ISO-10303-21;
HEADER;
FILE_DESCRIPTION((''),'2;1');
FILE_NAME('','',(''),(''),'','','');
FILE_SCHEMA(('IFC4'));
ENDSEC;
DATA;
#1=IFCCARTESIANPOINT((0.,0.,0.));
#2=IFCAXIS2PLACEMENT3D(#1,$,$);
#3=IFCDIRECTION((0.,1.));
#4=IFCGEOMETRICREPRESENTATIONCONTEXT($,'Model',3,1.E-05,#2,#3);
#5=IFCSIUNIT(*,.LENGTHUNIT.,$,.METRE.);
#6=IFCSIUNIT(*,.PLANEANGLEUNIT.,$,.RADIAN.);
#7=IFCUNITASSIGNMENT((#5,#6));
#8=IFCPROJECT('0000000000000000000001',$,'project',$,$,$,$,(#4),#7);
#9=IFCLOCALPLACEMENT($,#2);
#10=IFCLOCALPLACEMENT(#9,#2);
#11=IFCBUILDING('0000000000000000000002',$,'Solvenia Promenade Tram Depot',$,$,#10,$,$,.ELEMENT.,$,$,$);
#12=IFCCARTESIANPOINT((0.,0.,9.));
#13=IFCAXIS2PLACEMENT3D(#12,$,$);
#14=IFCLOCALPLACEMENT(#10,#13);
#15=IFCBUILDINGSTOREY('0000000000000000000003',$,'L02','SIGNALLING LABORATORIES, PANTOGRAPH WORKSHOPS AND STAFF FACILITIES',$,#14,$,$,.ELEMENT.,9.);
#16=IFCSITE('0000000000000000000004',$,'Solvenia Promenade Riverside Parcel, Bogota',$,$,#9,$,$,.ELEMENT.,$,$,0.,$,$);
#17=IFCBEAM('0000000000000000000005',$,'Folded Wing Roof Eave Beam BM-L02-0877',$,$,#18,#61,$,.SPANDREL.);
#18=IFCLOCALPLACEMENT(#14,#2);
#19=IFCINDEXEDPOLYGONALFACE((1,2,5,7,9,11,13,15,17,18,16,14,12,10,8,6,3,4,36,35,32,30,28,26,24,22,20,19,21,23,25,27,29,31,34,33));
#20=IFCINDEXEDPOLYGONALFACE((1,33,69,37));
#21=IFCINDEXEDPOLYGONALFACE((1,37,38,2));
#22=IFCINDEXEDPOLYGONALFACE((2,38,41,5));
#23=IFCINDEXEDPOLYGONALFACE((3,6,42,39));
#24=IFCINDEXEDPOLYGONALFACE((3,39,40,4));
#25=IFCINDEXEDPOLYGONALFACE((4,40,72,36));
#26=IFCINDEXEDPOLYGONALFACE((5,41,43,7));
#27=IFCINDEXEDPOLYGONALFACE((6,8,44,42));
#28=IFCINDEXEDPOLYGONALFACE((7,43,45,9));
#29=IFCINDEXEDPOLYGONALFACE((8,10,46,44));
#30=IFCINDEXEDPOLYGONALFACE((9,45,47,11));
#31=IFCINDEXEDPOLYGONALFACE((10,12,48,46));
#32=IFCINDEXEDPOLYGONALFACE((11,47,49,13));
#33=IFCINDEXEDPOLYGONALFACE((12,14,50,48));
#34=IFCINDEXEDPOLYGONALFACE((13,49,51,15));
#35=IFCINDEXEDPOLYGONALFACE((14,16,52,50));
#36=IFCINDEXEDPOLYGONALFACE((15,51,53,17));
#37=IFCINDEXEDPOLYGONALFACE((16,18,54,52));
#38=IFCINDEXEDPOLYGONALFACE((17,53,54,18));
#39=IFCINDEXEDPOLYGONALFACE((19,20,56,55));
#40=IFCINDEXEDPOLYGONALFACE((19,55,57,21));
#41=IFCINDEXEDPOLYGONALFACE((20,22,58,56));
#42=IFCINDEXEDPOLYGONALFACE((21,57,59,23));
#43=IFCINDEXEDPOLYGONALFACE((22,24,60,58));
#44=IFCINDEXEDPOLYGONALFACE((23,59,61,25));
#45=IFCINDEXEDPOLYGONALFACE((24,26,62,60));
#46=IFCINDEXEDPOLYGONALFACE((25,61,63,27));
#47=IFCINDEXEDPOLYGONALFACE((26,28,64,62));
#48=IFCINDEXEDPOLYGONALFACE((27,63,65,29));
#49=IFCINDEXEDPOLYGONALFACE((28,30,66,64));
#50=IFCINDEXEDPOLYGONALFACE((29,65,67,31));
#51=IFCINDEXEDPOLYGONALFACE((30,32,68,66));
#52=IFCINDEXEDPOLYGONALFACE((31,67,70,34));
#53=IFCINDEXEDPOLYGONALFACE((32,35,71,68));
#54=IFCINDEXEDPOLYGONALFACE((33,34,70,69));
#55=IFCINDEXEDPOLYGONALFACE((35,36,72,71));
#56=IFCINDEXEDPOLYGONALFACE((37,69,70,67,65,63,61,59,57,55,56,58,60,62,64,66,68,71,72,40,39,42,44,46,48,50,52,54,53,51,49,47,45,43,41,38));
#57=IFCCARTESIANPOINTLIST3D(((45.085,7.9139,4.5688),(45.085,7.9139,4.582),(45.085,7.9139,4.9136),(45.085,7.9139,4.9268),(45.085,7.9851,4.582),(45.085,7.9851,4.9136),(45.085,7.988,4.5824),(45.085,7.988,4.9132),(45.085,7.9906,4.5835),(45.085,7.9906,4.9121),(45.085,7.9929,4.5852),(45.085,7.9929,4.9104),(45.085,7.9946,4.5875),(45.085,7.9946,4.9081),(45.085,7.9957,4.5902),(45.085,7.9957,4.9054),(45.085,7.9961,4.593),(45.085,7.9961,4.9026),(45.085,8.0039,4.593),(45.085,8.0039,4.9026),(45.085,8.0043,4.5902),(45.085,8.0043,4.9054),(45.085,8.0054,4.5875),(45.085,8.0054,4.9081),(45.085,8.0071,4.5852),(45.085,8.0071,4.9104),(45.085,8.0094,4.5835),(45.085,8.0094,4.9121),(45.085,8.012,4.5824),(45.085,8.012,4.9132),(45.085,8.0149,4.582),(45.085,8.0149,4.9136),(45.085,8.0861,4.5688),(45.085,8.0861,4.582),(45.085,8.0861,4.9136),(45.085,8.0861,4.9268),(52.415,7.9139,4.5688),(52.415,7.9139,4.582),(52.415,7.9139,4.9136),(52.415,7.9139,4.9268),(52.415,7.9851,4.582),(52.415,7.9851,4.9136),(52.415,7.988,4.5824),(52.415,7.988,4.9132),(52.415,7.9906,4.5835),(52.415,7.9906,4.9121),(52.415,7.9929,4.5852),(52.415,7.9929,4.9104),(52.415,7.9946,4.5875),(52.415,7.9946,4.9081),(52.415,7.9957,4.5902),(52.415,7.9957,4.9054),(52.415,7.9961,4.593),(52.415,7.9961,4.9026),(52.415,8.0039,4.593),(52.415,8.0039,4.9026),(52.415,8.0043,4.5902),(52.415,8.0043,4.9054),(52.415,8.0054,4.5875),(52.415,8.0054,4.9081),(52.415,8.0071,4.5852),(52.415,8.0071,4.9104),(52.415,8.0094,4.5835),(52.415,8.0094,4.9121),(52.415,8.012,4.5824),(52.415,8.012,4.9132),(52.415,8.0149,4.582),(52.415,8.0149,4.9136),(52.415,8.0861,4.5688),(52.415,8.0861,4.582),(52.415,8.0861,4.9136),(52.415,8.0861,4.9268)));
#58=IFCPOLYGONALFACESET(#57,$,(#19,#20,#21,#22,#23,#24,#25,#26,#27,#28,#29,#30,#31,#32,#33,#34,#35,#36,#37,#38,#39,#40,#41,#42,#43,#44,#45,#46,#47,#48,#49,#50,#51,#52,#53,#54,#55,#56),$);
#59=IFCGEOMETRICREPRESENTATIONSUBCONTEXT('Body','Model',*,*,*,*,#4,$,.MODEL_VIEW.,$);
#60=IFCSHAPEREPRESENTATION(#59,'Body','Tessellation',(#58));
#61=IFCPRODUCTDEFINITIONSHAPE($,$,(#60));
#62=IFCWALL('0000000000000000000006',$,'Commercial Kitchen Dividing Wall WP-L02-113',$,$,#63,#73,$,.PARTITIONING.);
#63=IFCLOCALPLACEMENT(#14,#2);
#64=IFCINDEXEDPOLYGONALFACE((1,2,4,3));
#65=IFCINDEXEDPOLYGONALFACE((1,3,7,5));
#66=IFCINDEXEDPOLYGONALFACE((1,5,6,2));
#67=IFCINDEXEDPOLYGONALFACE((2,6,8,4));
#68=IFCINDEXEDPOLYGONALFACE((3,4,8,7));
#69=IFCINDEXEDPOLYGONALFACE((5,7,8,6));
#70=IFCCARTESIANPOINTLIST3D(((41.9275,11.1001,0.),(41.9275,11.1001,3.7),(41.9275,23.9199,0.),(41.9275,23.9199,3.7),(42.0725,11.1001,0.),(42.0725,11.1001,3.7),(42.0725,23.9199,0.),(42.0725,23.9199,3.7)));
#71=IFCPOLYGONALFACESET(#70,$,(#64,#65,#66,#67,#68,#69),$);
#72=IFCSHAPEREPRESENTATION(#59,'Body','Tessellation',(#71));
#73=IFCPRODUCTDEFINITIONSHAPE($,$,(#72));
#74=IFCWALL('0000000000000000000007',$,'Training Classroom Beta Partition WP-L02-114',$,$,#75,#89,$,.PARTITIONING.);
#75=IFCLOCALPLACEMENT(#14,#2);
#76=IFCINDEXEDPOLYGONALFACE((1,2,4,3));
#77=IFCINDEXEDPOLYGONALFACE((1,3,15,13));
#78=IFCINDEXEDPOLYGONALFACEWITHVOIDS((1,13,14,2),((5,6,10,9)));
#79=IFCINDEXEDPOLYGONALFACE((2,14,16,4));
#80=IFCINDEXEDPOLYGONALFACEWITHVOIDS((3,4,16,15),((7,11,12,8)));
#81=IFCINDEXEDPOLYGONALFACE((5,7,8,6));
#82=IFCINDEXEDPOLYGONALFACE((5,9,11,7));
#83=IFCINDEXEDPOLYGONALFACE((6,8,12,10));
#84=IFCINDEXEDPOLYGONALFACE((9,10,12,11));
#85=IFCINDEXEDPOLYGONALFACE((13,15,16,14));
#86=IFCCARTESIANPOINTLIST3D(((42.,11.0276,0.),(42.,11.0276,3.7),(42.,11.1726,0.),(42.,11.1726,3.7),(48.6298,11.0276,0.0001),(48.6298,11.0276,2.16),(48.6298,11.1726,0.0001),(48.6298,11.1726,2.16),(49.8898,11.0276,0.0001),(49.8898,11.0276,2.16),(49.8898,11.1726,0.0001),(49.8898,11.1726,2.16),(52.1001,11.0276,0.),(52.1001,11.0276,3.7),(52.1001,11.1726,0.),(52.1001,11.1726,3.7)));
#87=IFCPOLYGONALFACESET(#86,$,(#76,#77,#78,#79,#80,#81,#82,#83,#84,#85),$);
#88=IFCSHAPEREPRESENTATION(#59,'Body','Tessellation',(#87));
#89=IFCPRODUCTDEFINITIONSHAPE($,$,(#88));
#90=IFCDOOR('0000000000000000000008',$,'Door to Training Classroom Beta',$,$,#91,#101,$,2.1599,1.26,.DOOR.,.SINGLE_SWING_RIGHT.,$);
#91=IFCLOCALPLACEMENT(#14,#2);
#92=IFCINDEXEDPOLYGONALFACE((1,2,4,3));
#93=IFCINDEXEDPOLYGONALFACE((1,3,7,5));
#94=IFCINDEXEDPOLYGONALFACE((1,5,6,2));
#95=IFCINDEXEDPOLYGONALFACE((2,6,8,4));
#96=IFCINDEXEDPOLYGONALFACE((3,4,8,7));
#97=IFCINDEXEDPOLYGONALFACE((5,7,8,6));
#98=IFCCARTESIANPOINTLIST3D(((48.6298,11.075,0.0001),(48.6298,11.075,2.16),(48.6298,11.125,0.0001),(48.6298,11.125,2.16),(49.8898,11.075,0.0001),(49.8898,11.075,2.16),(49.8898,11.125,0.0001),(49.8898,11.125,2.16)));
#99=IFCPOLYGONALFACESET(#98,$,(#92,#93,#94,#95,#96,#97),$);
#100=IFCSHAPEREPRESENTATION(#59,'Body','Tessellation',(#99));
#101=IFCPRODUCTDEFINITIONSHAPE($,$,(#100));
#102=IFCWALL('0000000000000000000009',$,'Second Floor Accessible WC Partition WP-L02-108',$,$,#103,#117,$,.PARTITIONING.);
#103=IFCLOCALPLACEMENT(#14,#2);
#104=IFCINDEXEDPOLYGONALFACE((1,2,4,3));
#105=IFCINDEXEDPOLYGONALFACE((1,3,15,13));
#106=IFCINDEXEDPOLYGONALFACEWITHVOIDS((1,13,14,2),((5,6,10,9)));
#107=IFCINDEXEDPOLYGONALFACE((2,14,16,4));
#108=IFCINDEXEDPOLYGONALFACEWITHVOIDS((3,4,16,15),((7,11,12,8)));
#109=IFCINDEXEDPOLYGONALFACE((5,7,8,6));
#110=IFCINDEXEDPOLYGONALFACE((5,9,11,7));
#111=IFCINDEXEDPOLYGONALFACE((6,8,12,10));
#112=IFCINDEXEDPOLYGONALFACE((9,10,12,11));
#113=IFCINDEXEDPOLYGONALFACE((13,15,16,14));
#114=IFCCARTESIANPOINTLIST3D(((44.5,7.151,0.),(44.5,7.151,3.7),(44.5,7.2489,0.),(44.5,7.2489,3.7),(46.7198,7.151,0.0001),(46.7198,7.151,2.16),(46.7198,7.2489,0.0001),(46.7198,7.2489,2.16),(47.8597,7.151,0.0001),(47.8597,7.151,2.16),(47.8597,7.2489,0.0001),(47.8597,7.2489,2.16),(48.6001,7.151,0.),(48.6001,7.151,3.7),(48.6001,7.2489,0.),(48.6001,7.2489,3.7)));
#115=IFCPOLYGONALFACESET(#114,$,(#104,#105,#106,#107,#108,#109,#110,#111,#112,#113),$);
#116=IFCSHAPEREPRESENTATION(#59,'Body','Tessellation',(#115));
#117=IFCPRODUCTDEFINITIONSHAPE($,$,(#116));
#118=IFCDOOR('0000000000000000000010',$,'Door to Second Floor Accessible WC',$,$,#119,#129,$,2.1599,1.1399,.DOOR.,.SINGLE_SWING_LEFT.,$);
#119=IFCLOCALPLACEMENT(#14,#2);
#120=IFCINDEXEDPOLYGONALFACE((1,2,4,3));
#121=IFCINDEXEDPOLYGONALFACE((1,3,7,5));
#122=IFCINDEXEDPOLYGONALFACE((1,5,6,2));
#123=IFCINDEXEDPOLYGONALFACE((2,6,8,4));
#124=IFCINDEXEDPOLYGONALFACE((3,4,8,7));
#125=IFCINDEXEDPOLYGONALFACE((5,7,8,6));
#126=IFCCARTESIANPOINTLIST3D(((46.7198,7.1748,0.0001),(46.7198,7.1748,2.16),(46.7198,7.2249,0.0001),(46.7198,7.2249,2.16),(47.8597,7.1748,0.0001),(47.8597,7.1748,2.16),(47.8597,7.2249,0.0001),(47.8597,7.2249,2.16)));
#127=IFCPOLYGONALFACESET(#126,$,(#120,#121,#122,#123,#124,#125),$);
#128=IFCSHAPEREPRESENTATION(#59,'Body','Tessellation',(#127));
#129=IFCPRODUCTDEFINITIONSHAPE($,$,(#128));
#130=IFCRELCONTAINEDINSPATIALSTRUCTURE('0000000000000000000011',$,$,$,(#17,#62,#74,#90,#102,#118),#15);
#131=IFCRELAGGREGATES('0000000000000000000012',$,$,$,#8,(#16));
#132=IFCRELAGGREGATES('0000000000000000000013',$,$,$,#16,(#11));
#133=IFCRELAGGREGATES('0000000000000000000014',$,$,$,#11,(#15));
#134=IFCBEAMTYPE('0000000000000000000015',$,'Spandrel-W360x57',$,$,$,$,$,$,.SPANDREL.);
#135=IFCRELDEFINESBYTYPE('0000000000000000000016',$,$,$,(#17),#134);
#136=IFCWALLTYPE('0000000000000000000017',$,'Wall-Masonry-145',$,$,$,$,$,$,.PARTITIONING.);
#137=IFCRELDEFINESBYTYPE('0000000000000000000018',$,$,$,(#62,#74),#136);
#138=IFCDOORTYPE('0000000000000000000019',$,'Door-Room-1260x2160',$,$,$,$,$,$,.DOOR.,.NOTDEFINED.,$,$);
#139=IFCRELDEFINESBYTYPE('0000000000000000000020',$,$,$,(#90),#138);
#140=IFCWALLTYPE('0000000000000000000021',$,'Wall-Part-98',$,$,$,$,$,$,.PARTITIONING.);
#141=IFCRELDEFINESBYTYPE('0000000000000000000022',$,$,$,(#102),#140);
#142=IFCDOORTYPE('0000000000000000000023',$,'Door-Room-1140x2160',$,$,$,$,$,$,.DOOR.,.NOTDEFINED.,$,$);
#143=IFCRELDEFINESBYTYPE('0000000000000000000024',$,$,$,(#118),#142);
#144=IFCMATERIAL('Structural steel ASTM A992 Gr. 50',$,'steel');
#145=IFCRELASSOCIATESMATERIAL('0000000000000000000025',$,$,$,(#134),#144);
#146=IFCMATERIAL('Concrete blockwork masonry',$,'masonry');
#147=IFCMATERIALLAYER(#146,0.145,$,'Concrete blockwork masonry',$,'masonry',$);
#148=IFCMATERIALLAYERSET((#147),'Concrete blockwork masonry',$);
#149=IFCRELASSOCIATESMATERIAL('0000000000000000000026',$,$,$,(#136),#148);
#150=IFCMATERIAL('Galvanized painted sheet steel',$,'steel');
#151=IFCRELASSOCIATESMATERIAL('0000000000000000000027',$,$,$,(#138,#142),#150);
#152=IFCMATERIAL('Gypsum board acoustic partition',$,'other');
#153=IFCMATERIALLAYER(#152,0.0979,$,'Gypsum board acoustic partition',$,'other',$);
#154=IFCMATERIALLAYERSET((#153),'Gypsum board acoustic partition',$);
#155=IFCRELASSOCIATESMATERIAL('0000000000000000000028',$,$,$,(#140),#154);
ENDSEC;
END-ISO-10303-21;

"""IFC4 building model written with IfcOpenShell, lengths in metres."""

from ifc_helpers import new_model, si_unit, direction, frame, frame_2d, origin, origin_2d, place, context, subcontext, project, spatial, rectangle, i_section, extrude, material, layer, layer_set, material_profile, profile_set, type_object, element, fill, save


model = new_model("IFC4")

# Units and contexts
model_context = context("Model", 3, precision=1e-05, world=origin(), true_north=direction((0.0, 1.0)))
body_context = subcontext(model_context, "Body", "Model", "MODEL_VIEW")
ifc_project = project(units=[si_unit("LENGTHUNIT", "METRE"), si_unit("PLANEANGLEUNIT", "RADIAN")], contexts=[model_context])

# Site, building, storey
site_placement = place(None, origin())
site = spatial("IfcSite", under=ifc_project, at=site_placement, Name="Solvenia Promenade Riverside Parcel, Bogota", CompositionType="ELEMENT", RefElevation=0.0)
building_placement = place(site_placement, origin())
building = spatial("IfcBuilding", under=site, at=building_placement, Name="Solvenia Promenade Tram Depot", CompositionType="ELEMENT")
storey_placement = place(building_placement, frame((0.0, 0.0, 9.0)))
storey = spatial("IfcBuildingStorey", under=building, at=storey_placement, Name="L02", Description="SIGNALLING LABORATORIES, PANTOGRAPH WORKSHOPS AND STAFF FACILITIES", CompositionType="ELEMENT", Elevation=9.0)

# Shared definitions
ifc_material_1 = material(Name="Structural steel ASTM A992 Gr. 50", Category="steel")

# Beam
ifc_material_profile_1 = material_profile(ifc_material_1, i_section(OverallWidth=0.1721, OverallDepth=0.3579, WebThickness=0.0078, FlangeThickness=0.0132, FilletRadius=0.011, at=origin_2d()), Name="W360x57", Category="steel")
ifc_profile_set_1 = profile_set([ifc_material_profile_1], Name="Structural steel ASTM A992 Gr. 50")
beam_type_1 = type_object("IfcBeamType", Name="Spandrel-W360x57", PredefinedType="SPANDREL", material=ifc_profile_set_1)
for number, where, z_axis, x_axis, name in (
    (1, (45.085, 8.0, 4.7478), (1.0, 0.0, 0.0), (0.0, 1.0, 0.0), "Folded Wing Roof Eave Beam BM-L02-0877"),
):
    element("IfcBeam", number, at=place(storey_placement, frame(where, z_axis=z_axis, x_axis=x_axis)), inside=storey, type_object=beam_type_1, Name=name, PredefinedType="SPANDREL", context=body_context, shape_type="SweptSolid", body=[
        extrude(i_section(OverallWidth=0.1721, OverallDepth=0.3579, WebThickness=0.0078, FlangeThickness=0.0132, FilletRadius=0.011, at=origin_2d()), origin(), (0.0, 0.0, 1.0), 7.3301),
    ])

# Wall
ifc_material_2 = material(Name="Concrete blockwork masonry", Category="masonry")
ifc_layer_1 = layer(ifc_material_2, 0.145, Name="Concrete blockwork masonry", Category="masonry")
ifc_layer_set_1 = layer_set([ifc_layer_1], Name="Concrete blockwork masonry")
wall_type_1 = type_object("IfcWallType", Name="Wall-Masonry-145", PredefinedType="PARTITIONING", material=ifc_layer_set_1)
wall_1_placement = place(storey_placement, frame((42.0, 11.1001, 0.0), z_axis=(0.0, 0.0, 1.0), x_axis=(0.0, 1.0, 0.0)))
element("IfcWall", 2, at=wall_1_placement, inside=storey, type_object=wall_type_1, Name="Commercial Kitchen Dividing Wall WP-L02-113", PredefinedType="PARTITIONING", context=body_context, shape_type="SweptSolid", body=[
    extrude(rectangle(XDim=12.8198, YDim=0.145, at=frame_2d((6.4099, 0.0))), origin(), (0.0, 0.0, 1.0), 3.7),
])

# Walls, openings, doors
wall_2_placement = place(storey_placement, frame((42.0, 11.1001, 0.0), z_axis=(0.0, 0.0, 1.0), x_axis=(1.0, 0.0, 0.0)))
wall_2 = element("IfcWall", 3, at=wall_2_placement, inside=storey, type_object=wall_type_1, Name="Training Classroom Beta Partition WP-L02-114", PredefinedType="PARTITIONING", context=body_context, shape_type="SweptSolid", body=[
    extrude(rectangle(XDim=10.1001, YDim=0.145, at=frame_2d((5.05, 0.0))), origin(), (0.0, 0.0, 1.0), 3.7),
])
opening_1_placement = place(wall_2_placement, frame((6.6299, 0.0, 0.0)))
opening_1 = element("IfcOpeningElement", 4, at=opening_1_placement, cuts=wall_2, PredefinedType="OPENING", context=body_context, shape_type="SweptSolid", body=[
    extrude(rectangle(XDim=1.26, YDim=2.1599, at=frame_2d((0.6299, 1.0801))), frame((0.0, 0.0825, 0.0), z_axis=(0.0, -1.0, 0.0), x_axis=(1.0, 0.0, 0.0)), (0.0, 0.0, 1.0), 0.165),
])
ifc_material_3 = material(Name="Galvanized painted sheet steel", Category="steel")
door_type_1 = type_object("IfcDoorType", Name="Door-Room-1260x2160", OperationType="NOTDEFINED", PredefinedType="DOOR", material=ifc_material_3)
door_1_placement = place(opening_1_placement, origin())
door_1 = element("IfcDoor", 5, at=door_1_placement, inside=storey, type_object=door_type_1, Name="Door to Training Classroom Beta", OperationType="SINGLE_SWING_RIGHT", OverallHeight=2.1599, OverallWidth=1.26, PredefinedType="DOOR", context=body_context, shape_type="SweptSolid", body=[
    extrude(rectangle(XDim=1.26, YDim=2.1599, at=frame_2d((0.6299, 1.0801))), frame((0.0, 0.0249, 0.0), z_axis=(0.0, -1.0, 0.0), x_axis=(1.0, 0.0, 0.0)), (0.0, 0.0, 1.0), 0.05),
])
fill(opening_1, door_1)
ifc_material_4 = material(Name="Gypsum board acoustic partition", Category="other")
ifc_layer_2 = layer(ifc_material_4, 0.0979, Name="Gypsum board acoustic partition", Category="other")
ifc_layer_set_2 = layer_set([ifc_layer_2], Name="Gypsum board acoustic partition")
wall_type_2 = type_object("IfcWallType", Name="Wall-Part-98", PredefinedType="PARTITIONING", material=ifc_layer_set_2)
wall_3_placement = place(storey_placement, frame((44.5, 7.2, 0.0), z_axis=(0.0, 0.0, 1.0), x_axis=(1.0, 0.0, 0.0)))
wall_3 = element("IfcWall", 6, at=wall_3_placement, inside=storey, type_object=wall_type_2, Name="Second Floor Accessible WC Partition WP-L02-108", PredefinedType="PARTITIONING", context=body_context, shape_type="SweptSolid", body=[
    extrude(rectangle(XDim=4.1001, YDim=0.0979, at=frame_2d((2.05, 0.0))), origin(), (0.0, 0.0, 1.0), 3.7),
])
opening_2_placement = place(wall_3_placement, frame((2.22, 0.0, 0.0)))
opening_2 = element("IfcOpeningElement", 7, at=opening_2_placement, cuts=wall_3, PredefinedType="OPENING", context=body_context, shape_type="SweptSolid", body=[
    extrude(rectangle(XDim=1.1399, YDim=2.1599, at=frame_2d((0.5698, 1.0801))), frame((0.0, 0.0588, 0.0), z_axis=(0.0, -1.0, 0.0), x_axis=(1.0, 0.0, 0.0)), (0.0, 0.0, 1.0), 0.1179),
])
door_type_2 = type_object("IfcDoorType", Name="Door-Room-1140x2160", OperationType="NOTDEFINED", PredefinedType="DOOR", material=ifc_material_3)
door_2_placement = place(opening_2_placement, origin())
door_2 = element("IfcDoor", 8, at=door_2_placement, inside=storey, type_object=door_type_2, Name="Door to Second Floor Accessible WC", OperationType="SINGLE_SWING_LEFT", OverallHeight=2.1599, OverallWidth=1.1399, PredefinedType="DOOR", context=body_context, shape_type="SweptSolid", body=[
    extrude(rectangle(XDim=1.1399, YDim=2.1599, at=frame_2d((0.5698, 1.0801))), frame((0.0, 0.0249, 0.0), z_axis=(0.0, -1.0, 0.0), x_axis=(1.0, 0.0, 0.0)), (0.0, 0.0, 1.0), 0.05),
])
fill(opening_2, door_2)

save(model, "model.ifc")
